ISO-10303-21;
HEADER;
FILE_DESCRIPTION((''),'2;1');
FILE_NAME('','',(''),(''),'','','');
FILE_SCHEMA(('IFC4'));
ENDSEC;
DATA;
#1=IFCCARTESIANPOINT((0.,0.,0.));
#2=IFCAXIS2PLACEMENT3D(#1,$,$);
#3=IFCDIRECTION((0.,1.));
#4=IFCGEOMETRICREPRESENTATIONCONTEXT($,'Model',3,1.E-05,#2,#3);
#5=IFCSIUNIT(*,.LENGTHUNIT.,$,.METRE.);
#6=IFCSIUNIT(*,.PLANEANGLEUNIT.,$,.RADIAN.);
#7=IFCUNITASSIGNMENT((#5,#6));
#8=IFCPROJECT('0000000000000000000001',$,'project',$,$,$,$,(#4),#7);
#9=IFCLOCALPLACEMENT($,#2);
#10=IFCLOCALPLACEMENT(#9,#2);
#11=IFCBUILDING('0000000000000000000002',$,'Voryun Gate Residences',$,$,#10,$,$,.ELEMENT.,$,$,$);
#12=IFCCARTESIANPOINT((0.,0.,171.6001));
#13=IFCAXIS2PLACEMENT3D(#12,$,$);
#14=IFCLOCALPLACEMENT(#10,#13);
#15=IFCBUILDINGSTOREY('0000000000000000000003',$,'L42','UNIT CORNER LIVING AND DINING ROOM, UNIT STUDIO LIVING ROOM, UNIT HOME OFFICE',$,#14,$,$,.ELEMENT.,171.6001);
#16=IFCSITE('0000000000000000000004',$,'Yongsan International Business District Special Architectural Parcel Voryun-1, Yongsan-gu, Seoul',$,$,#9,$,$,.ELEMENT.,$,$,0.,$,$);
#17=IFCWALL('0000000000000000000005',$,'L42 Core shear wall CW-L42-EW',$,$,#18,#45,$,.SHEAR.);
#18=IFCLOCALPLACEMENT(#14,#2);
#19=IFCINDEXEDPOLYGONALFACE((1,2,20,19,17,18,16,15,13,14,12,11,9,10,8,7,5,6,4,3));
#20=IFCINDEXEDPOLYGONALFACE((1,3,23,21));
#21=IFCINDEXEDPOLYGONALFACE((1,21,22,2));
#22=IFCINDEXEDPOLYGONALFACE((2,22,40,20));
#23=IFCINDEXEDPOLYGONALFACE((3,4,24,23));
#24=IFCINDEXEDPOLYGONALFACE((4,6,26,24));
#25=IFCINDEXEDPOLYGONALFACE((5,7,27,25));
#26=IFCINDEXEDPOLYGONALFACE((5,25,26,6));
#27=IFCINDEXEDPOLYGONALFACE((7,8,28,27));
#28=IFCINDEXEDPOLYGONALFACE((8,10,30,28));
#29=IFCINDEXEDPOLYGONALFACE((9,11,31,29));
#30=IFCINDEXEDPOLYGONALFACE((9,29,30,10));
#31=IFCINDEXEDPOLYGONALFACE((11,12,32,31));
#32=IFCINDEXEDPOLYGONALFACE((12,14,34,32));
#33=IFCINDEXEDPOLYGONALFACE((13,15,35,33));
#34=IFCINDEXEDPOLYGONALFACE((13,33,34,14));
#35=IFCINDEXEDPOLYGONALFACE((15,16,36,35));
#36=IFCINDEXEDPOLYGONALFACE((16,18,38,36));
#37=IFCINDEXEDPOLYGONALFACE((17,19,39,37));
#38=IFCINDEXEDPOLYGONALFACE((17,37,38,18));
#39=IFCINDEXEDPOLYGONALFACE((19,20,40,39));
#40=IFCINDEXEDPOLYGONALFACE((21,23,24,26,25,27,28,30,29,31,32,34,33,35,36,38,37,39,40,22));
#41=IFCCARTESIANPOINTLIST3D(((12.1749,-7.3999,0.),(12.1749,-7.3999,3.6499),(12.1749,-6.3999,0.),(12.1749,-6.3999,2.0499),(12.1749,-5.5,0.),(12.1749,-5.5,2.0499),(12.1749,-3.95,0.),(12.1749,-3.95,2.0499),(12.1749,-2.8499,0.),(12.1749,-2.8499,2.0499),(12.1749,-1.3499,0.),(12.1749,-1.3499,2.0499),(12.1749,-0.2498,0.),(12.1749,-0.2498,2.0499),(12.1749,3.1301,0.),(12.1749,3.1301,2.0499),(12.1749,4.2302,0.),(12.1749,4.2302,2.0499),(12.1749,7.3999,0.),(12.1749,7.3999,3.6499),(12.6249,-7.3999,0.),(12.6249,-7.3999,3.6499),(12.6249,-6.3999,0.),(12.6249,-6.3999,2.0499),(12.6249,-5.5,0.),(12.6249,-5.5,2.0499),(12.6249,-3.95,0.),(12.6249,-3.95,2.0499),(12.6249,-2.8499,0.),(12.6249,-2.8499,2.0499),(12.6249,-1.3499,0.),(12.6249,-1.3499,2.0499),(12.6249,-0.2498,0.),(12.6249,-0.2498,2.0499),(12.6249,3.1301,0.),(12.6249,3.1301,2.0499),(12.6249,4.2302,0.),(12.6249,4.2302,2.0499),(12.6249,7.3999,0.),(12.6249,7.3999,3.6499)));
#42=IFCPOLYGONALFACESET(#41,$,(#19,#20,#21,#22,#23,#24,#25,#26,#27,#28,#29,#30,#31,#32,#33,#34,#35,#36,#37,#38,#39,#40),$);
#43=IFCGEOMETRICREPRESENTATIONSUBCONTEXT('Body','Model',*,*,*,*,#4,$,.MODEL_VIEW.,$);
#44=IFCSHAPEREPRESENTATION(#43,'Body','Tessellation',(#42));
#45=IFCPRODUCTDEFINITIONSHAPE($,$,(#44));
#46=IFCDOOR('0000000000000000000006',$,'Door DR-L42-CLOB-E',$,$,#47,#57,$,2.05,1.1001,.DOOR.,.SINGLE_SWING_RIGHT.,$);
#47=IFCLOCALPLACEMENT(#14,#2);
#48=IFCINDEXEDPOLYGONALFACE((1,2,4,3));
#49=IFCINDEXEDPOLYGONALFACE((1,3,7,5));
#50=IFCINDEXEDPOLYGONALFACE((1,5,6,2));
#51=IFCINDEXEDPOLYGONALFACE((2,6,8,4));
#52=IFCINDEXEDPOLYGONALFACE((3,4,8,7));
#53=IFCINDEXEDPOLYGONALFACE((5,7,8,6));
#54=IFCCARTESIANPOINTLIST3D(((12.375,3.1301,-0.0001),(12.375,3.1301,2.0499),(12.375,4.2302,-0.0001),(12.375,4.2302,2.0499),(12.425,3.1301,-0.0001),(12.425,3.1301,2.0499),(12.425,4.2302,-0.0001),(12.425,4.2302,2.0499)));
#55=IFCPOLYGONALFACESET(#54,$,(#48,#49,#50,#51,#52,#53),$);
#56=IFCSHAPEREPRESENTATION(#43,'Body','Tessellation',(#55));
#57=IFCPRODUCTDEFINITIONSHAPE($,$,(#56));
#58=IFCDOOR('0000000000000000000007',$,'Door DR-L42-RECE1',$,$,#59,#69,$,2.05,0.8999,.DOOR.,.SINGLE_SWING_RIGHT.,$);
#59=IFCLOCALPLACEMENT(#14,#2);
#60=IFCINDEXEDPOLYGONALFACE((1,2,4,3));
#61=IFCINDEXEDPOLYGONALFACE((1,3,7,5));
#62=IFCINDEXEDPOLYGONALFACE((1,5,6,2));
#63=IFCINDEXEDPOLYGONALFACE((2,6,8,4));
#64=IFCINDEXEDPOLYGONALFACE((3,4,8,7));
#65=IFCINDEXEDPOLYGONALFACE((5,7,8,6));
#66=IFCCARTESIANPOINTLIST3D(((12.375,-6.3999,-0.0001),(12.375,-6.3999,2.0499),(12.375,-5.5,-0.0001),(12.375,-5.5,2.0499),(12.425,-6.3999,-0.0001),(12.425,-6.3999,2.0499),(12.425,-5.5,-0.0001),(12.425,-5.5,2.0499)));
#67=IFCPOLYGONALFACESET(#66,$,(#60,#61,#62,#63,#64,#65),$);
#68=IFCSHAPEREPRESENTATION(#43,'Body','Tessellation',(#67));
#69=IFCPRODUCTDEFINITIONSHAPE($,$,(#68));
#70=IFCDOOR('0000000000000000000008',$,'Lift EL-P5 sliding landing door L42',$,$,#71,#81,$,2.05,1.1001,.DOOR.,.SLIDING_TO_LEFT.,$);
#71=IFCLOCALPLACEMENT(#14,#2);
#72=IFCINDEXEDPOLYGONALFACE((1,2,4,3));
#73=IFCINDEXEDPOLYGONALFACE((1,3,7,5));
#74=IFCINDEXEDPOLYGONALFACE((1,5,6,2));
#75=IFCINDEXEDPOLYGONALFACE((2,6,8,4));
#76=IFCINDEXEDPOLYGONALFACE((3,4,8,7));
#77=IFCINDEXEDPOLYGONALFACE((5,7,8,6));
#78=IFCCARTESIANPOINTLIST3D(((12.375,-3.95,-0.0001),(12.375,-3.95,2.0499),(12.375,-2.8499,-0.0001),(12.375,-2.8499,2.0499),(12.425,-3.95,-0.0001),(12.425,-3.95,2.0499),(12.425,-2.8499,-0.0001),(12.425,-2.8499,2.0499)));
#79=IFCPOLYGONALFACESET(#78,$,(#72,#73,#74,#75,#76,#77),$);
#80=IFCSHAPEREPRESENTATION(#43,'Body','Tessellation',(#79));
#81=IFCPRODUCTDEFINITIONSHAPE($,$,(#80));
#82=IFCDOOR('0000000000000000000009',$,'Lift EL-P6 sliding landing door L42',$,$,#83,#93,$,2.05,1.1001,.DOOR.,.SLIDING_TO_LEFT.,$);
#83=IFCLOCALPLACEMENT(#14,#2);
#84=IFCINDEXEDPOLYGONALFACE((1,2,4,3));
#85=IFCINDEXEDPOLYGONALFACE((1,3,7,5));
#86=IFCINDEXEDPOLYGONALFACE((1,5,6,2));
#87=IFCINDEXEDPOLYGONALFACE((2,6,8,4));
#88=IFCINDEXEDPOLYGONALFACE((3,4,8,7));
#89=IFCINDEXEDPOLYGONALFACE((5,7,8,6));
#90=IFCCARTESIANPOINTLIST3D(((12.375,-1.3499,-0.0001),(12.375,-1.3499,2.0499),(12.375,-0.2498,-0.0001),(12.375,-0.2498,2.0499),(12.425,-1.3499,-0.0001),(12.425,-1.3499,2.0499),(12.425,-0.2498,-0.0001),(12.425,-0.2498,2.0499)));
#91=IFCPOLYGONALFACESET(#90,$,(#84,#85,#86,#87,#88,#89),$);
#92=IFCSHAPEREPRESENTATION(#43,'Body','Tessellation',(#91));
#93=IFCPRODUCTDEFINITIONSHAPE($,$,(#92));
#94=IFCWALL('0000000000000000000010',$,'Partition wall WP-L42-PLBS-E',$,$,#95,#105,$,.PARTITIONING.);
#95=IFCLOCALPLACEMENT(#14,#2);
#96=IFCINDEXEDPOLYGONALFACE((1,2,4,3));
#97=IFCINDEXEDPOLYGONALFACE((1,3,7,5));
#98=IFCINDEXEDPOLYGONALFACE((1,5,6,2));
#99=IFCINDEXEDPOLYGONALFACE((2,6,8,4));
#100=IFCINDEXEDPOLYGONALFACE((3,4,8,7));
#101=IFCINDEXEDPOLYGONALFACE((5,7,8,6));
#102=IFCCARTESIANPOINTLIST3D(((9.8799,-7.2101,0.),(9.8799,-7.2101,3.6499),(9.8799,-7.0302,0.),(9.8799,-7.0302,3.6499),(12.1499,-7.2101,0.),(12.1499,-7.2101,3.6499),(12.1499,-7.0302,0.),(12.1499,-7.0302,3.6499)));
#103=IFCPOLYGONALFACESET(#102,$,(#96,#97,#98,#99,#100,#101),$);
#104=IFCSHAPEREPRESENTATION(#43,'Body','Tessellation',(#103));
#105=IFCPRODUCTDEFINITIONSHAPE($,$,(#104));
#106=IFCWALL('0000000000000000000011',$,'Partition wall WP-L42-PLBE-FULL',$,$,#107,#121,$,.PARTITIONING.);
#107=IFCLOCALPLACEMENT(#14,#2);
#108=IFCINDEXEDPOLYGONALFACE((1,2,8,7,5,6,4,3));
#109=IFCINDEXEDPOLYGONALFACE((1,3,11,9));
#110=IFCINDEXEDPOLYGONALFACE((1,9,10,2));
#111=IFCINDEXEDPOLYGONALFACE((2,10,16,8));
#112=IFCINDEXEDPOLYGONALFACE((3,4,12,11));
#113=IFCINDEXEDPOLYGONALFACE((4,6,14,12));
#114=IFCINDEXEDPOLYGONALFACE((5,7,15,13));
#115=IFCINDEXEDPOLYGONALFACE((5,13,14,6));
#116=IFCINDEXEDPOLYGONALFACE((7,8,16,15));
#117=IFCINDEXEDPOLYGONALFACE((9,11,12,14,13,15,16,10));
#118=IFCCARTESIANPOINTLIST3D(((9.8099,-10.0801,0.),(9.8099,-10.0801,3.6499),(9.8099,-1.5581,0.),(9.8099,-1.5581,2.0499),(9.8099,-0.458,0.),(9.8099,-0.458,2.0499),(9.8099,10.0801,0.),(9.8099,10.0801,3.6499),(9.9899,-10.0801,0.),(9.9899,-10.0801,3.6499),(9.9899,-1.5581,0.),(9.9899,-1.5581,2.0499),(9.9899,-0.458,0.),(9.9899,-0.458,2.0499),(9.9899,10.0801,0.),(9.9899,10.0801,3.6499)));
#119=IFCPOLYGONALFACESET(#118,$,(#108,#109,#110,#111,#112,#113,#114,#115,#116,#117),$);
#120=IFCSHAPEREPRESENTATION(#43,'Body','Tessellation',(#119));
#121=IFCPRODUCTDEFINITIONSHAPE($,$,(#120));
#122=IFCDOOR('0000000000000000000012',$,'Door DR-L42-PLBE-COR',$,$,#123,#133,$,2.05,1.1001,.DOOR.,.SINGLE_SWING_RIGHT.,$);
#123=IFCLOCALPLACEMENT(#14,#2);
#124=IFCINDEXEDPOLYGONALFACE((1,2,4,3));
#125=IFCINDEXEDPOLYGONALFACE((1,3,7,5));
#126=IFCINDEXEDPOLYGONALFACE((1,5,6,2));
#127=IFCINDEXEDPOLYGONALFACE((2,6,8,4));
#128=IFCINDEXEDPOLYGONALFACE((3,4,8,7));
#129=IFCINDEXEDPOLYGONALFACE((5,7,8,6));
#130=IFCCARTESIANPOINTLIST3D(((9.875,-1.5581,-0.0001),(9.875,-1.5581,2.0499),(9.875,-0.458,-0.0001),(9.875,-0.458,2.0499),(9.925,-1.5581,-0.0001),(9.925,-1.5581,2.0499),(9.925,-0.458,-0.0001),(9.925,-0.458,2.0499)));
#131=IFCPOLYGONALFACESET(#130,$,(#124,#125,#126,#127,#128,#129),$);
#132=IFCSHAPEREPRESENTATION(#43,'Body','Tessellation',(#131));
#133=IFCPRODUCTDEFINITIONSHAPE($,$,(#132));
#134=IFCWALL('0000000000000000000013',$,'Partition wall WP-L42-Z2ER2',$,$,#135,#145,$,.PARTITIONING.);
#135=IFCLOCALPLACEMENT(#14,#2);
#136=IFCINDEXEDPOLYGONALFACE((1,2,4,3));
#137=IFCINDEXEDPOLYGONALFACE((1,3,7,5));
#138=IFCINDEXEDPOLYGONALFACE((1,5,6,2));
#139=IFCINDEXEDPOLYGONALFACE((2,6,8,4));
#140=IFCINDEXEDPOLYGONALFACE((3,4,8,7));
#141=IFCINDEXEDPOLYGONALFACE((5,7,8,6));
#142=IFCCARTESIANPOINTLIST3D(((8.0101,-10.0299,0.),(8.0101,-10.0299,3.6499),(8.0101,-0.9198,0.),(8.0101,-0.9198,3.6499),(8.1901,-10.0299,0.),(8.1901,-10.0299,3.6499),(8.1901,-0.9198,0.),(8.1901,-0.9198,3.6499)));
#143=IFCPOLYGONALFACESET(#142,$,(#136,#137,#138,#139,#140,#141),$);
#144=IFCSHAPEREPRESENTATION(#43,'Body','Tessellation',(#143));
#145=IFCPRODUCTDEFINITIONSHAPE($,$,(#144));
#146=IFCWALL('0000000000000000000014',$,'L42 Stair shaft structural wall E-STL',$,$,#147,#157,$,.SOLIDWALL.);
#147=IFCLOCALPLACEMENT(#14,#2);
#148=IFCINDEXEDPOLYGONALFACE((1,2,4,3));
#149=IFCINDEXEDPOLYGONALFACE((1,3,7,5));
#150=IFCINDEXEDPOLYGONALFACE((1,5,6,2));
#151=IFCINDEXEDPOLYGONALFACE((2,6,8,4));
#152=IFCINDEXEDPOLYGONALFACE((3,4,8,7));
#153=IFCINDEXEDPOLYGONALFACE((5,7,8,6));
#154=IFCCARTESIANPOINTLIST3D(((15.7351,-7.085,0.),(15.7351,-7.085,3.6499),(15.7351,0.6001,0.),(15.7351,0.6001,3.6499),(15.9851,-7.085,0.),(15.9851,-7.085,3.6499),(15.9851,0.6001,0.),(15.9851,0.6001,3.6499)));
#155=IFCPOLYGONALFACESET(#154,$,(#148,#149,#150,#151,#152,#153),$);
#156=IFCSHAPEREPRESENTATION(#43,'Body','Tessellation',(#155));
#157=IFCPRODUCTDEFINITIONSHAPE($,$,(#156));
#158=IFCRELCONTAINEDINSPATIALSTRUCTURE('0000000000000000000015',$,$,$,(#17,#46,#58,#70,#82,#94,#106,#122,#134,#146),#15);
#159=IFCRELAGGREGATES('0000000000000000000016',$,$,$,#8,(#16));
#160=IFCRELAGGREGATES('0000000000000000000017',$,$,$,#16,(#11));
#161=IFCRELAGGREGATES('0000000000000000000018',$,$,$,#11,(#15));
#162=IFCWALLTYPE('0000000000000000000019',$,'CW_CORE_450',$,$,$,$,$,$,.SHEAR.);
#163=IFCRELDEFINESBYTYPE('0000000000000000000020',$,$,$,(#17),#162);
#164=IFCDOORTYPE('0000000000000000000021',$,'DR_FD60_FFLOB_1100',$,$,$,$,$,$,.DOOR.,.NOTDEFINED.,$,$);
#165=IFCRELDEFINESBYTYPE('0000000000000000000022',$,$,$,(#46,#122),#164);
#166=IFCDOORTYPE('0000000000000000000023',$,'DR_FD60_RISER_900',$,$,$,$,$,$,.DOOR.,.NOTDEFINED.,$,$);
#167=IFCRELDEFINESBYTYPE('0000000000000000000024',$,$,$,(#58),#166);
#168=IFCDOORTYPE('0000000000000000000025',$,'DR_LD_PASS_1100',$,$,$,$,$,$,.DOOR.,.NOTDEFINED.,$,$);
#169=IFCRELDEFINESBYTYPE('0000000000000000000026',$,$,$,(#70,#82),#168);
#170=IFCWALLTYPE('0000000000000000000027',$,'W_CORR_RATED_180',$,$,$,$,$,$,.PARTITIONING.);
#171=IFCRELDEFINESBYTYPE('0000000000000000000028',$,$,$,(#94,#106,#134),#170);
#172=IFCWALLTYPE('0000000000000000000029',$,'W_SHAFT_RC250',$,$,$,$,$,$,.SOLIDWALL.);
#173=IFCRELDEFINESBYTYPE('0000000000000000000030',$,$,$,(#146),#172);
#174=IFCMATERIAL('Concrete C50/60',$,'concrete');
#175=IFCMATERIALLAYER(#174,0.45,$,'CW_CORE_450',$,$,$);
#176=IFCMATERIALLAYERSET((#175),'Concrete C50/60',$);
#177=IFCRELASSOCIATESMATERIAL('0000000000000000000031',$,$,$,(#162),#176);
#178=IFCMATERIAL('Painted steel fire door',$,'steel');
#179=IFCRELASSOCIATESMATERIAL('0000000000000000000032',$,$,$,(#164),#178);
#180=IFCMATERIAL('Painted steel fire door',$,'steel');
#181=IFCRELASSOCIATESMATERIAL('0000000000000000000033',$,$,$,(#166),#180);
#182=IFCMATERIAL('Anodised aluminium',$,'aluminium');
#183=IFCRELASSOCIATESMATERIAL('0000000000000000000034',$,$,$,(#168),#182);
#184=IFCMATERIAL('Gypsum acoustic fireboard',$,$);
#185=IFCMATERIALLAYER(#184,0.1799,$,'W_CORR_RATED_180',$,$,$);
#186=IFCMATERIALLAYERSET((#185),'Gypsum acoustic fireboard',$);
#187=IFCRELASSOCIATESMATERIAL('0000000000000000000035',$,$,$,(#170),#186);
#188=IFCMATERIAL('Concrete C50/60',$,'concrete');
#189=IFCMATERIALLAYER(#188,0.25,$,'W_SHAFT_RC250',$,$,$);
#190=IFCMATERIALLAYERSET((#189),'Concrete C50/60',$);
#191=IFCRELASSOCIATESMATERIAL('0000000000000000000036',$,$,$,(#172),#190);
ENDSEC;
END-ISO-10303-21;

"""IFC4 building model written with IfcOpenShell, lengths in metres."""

from ifc_helpers import new_model, si_unit, direction, frame, frame_2d, origin, place, context, subcontext, project, spatial, rectangle, extrude, material, layer, layer_set, type_object, element, fill, save


model = new_model("IFC4")

# Units and contexts
model_context = context("Model", 3, precision=1e-05, world=origin(), true_north=direction((0.0, 1.0)))
body_context = subcontext(model_context, "Body", "Model", "MODEL_VIEW")
ifc_project = project(units=[si_unit("LENGTHUNIT", "METRE"), si_unit("PLANEANGLEUNIT", "RADIAN")], contexts=[model_context])

# Site, building, storey
site_placement = place(None, origin())
site = spatial("IfcSite", under=ifc_project, at=site_placement, Name="Yongsan International Business District Special Architectural Parcel Voryun-1, Yongsan-gu, Seoul", CompositionType="ELEMENT", RefElevation=0.0)
building_placement = place(site_placement, origin())
building = spatial("IfcBuilding", under=site, at=building_placement, Name="Voryun Gate Residences", CompositionType="ELEMENT")
storey_placement = place(building_placement, frame((0.0, 0.0, 171.6001)))
storey = spatial("IfcBuildingStorey", under=building, at=storey_placement, Name="L42", Description="UNIT CORNER LIVING AND DINING ROOM, UNIT STUDIO LIVING ROOM, UNIT HOME OFFICE", CompositionType="ELEMENT", Elevation=171.6001)

# Shared definitions
ifc_material_1 = material(Name="Concrete C50/60", Category="concrete")
ifc_layer_1 = layer(ifc_material_1, 0.45, Name="CW_CORE_450")
ifc_layer_set_1 = layer_set([ifc_layer_1], Name="Concrete C50/60")
wall_type_1 = type_object("IfcWallType", Name="CW_CORE_450", PredefinedType="SHEAR", material=ifc_layer_set_1)

# Wall, openings, doors
wall_1_placement = place(storey_placement, frame((12.3999, -7.3999, 0.0), z_axis=(0.0, 0.0, 1.0), x_axis=(0.0, 1.0, 0.0)))
wall_1 = element("IfcWall", 1, at=wall_1_placement, inside=storey, type_object=wall_type_1, Name="L42 Core shear wall CW-L42-EW", PredefinedType="SHEAR", context=body_context, shape_type="SweptSolid", body=[
    extrude(rectangle(XDim=14.7998, YDim=0.45, at=frame_2d((7.3999, 0.0))), origin(), (0.0, 0.0, 1.0), 3.6499),
])
opening_1_placement = place(wall_1_placement, frame((3.45, 0.0, 0.0)))
opening_1 = element("IfcOpeningElement", 2, at=opening_1_placement, cuts=wall_1, PredefinedType="OPENING", context=body_context, shape_type="SweptSolid", body=[
    extrude(rectangle(XDim=1.1001, YDim=2.05, at=frame_2d((0.55, 1.0249))), frame((0.0, 0.2351, 0.0), z_axis=(0.0, -1.0, 0.0), x_axis=(1.0, 0.0, 0.0)), (0.0, 0.0, 1.0), 0.47),
])
opening_2_placement = place(wall_1_placement, frame((6.05, 0.0, 0.0)))
opening_2 = element("IfcOpeningElement", 3, at=opening_2_placement, cuts=wall_1, PredefinedType="OPENING", context=body_context, shape_type="SweptSolid", body=[
    extrude(rectangle(XDim=1.1001, YDim=2.05, at=frame_2d((0.55, 1.0249))), frame((0.0, 0.2351, 0.0), z_axis=(0.0, -1.0, 0.0), x_axis=(1.0, 0.0, 0.0)), (0.0, 0.0, 1.0), 0.47),
])
opening_3_placement = place(wall_1_placement, frame((10.53, 0.0, 0.0)))
opening_3 = element("IfcOpeningElement", 4, at=opening_3_placement, cuts=wall_1, PredefinedType="OPENING", context=body_context, shape_type="SweptSolid", body=[
    extrude(rectangle(XDim=1.1001, YDim=2.05, at=frame_2d((0.55, 1.0249))), frame((0.0, 0.2351, 0.0), z_axis=(0.0, -1.0, 0.0), x_axis=(1.0, 0.0, 0.0)), (0.0, 0.0, 1.0), 0.47),
])
opening_4_placement = place(wall_1_placement, frame((1.0, 0.0, 0.0)))
opening_4 = element("IfcOpeningElement", 5, at=opening_4_placement, cuts=wall_1, PredefinedType="OPENING", context=body_context, shape_type="SweptSolid", body=[
    extrude(rectangle(XDim=0.8999, YDim=2.05, at=frame_2d((0.45, 1.0249))), frame((0.0, 0.2351, 0.0), z_axis=(0.0, -1.0, 0.0), x_axis=(1.0, 0.0, 0.0)), (0.0, 0.0, 1.0), 0.47),
])
ifc_material_2 = material(Name="Painted steel fire door", Category="steel")
door_type_1 = type_object("IfcDoorType", Name="DR_FD60_FFLOB_1100", OperationType="NOTDEFINED", PredefinedType="DOOR", material=ifc_material_2)
door_1_placement = place(opening_3_placement, origin())
door_1 = element("IfcDoor", 6, at=door_1_placement, inside=storey, type_object=door_type_1, Name="Door DR-L42-CLOB-E", OperationType="SINGLE_SWING_RIGHT", OverallHeight=2.05, OverallWidth=1.1001, PredefinedType="DOOR", context=body_context, shape_type="SweptSolid", body=[
    extrude(rectangle(XDim=1.1001, YDim=2.05, at=frame_2d((0.55, 1.0249))), frame((0.0, 0.0249, 0.0), z_axis=(0.0, -1.0, 0.0), x_axis=(1.0, 0.0, 0.0)), (0.0, 0.0, 1.0), 0.05),
])
fill(opening_3, door_1)
ifc_material_3 = material(Name="Painted steel fire door", Category="steel")
door_type_2 = type_object("IfcDoorType", Name="DR_FD60_RISER_900", OperationType="NOTDEFINED", PredefinedType="DOOR", material=ifc_material_3)
door_2_placement = place(opening_4_placement, origin())
door_2 = element("IfcDoor", 7, at=door_2_placement, inside=storey, type_object=door_type_2, Name="Door DR-L42-RECE1", OperationType="SINGLE_SWING_RIGHT", OverallHeight=2.05, OverallWidth=0.8999, PredefinedType="DOOR", context=body_context, shape_type="SweptSolid", body=[
    extrude(rectangle(XDim=0.8999, YDim=2.05, at=frame_2d((0.45, 1.0249))), frame((0.0, 0.0249, 0.0), z_axis=(0.0, -1.0, 0.0), x_axis=(1.0, 0.0, 0.0)), (0.0, 0.0, 1.0), 0.05),
])
fill(opening_4, door_2)
ifc_material_4 = material(Name="Anodised aluminium", Category="aluminium")
door_type_3 = type_object("IfcDoorType", Name="DR_LD_PASS_1100", OperationType="NOTDEFINED", PredefinedType="DOOR", material=ifc_material_4)
door_3_placement = place(opening_1_placement, origin())
door_3 = element("IfcDoor", 8, at=door_3_placement, inside=storey, type_object=door_type_3, Name="Lift EL-P5 sliding landing door L42", OperationType="SLIDING_TO_LEFT", OverallHeight=2.05, OverallWidth=1.1001, PredefinedType="DOOR", context=body_context, shape_type="SweptSolid", body=[
    extrude(rectangle(XDim=1.1001, YDim=2.05, at=frame_2d((0.55, 1.0249))), frame((0.0, 0.0249, 0.0), z_axis=(0.0, -1.0, 0.0), x_axis=(1.0, 0.0, 0.0)), (0.0, 0.0, 1.0), 0.05),
])
fill(opening_1, door_3)
door_4_placement = place(opening_2_placement, origin())
door_4 = element("IfcDoor", 9, at=door_4_placement, inside=storey, type_object=door_type_3, Name="Lift EL-P6 sliding landing door L42", OperationType="SLIDING_TO_LEFT", OverallHeight=2.05, OverallWidth=1.1001, PredefinedType="DOOR", context=body_context, shape_type="SweptSolid", body=[
    extrude(rectangle(XDim=1.1001, YDim=2.05, at=frame_2d((0.55, 1.0249))), frame((0.0, 0.0249, 0.0), z_axis=(0.0, -1.0, 0.0), x_axis=(1.0, 0.0, 0.0)), (0.0, 0.0, 1.0), 0.05),
])
fill(opening_2, door_4)

# Wall
ifc_material_5 = material(Name="Gypsum acoustic fireboard")
ifc_layer_2 = layer(ifc_material_5, 0.1799, Name="W_CORR_RATED_180")
ifc_layer_set_2 = layer_set([ifc_layer_2], Name="Gypsum acoustic fireboard")
wall_type_2 = type_object("IfcWallType", Name="W_CORR_RATED_180", PredefinedType="PARTITIONING", material=ifc_layer_set_2)
wall_2_placement = place(storey_placement, frame((9.8799, -7.1201, 0.0), z_axis=(0.0, 0.0, 1.0), x_axis=(1.0, 0.0, 0.0)))
element("IfcWall", 10, at=wall_2_placement, inside=storey, type_object=wall_type_2, Name="Partition wall WP-L42-PLBS-E", PredefinedType="PARTITIONING", context=body_context, shape_type="SweptSolid", body=[
    extrude(rectangle(XDim=2.27, YDim=0.1799, at=frame_2d((1.135, 0.0))), origin(), (0.0, 0.0, 1.0), 3.6499),
])

# Wall, opening, door
wall_3_placement = place(storey_placement, frame((9.8999, -10.0801, 0.0), z_axis=(0.0, 0.0, 1.0), x_axis=(0.0, 1.0, 0.0)))
wall_3 = element("IfcWall", 11, at=wall_3_placement, inside=storey, type_object=wall_type_2, Name="Partition wall WP-L42-PLBE-FULL", PredefinedType="PARTITIONING", context=body_context, shape_type="SweptSolid", body=[
    extrude(rectangle(XDim=20.1602, YDim=0.1799, at=frame_2d((10.0801, 0.0))), origin(), (0.0, 0.0, 1.0), 3.6499),
])
opening_5_placement = place(wall_3_placement, frame((8.522, 0.0, 0.0)))
opening_5 = element("IfcOpeningElement", 12, at=opening_5_placement, cuts=wall_3, PredefinedType="OPENING", context=body_context, shape_type="SweptSolid", body=[
    extrude(rectangle(XDim=1.1001, YDim=2.05, at=frame_2d((0.55, 1.0249))), frame((0.0, 0.0999, 0.0), z_axis=(0.0, -1.0, 0.0), x_axis=(1.0, 0.0, 0.0)), (0.0, 0.0, 1.0), 0.2),
])
door_5_placement = place(opening_5_placement, origin())
door_5 = element("IfcDoor", 13, at=door_5_placement, inside=storey, type_object=door_type_1, Name="Door DR-L42-PLBE-COR", OperationType="SINGLE_SWING_RIGHT", OverallHeight=2.05, OverallWidth=1.1001, PredefinedType="DOOR", context=body_context, shape_type="SweptSolid", body=[
    extrude(rectangle(XDim=1.1001, YDim=2.05, at=frame_2d((0.55, 1.0249))), frame((0.0, 0.0249, 0.0), z_axis=(0.0, -1.0, 0.0), x_axis=(1.0, 0.0, 0.0)), (0.0, 0.0, 1.0), 0.05),
])
fill(opening_5, door_5)

# Walls
wall_4_placement = place(storey_placement, frame((8.1001, -10.03, 0.0), z_axis=(0.0, 0.0, 1.0), x_axis=(0.0, 1.0, 0.0)))
element("IfcWall", 14, at=wall_4_placement, inside=storey, type_object=wall_type_2, Name="Partition wall WP-L42-Z2ER2", PredefinedType="PARTITIONING", context=body_context, shape_type="SweptSolid", body=[
    extrude(rectangle(XDim=9.1101, YDim=0.1799, at=frame_2d((4.5552, 0.0))), origin(), (0.0, 0.0, 1.0), 3.6499),
])
ifc_material_6 = material(Name="Concrete C50/60", Category="concrete")
ifc_layer_3 = layer(ifc_material_6, 0.25, Name="W_SHAFT_RC250")
ifc_layer_set_3 = layer_set([ifc_layer_3], Name="Concrete C50/60")
wall_type_3 = type_object("IfcWallType", Name="W_SHAFT_RC250", PredefinedType="SOLIDWALL", material=ifc_layer_set_3)
wall_5_placement = place(storey_placement, frame((15.8601, -7.085, 0.0), z_axis=(0.0, 0.0, 1.0), x_axis=(0.0, 1.0, 0.0)))
element("IfcWall", 15, at=wall_5_placement, inside=storey, type_object=wall_type_3, Name="L42 Stair shaft structural wall E-STL", PredefinedType="SOLIDWALL", context=body_context, shape_type="SweptSolid", body=[
    extrude(rectangle(XDim=7.6851, YDim=0.25, at=frame_2d((3.8425, 0.0))), origin(), (0.0, 0.0, 1.0), 3.6499),
])

save(model, "model.ifc")
